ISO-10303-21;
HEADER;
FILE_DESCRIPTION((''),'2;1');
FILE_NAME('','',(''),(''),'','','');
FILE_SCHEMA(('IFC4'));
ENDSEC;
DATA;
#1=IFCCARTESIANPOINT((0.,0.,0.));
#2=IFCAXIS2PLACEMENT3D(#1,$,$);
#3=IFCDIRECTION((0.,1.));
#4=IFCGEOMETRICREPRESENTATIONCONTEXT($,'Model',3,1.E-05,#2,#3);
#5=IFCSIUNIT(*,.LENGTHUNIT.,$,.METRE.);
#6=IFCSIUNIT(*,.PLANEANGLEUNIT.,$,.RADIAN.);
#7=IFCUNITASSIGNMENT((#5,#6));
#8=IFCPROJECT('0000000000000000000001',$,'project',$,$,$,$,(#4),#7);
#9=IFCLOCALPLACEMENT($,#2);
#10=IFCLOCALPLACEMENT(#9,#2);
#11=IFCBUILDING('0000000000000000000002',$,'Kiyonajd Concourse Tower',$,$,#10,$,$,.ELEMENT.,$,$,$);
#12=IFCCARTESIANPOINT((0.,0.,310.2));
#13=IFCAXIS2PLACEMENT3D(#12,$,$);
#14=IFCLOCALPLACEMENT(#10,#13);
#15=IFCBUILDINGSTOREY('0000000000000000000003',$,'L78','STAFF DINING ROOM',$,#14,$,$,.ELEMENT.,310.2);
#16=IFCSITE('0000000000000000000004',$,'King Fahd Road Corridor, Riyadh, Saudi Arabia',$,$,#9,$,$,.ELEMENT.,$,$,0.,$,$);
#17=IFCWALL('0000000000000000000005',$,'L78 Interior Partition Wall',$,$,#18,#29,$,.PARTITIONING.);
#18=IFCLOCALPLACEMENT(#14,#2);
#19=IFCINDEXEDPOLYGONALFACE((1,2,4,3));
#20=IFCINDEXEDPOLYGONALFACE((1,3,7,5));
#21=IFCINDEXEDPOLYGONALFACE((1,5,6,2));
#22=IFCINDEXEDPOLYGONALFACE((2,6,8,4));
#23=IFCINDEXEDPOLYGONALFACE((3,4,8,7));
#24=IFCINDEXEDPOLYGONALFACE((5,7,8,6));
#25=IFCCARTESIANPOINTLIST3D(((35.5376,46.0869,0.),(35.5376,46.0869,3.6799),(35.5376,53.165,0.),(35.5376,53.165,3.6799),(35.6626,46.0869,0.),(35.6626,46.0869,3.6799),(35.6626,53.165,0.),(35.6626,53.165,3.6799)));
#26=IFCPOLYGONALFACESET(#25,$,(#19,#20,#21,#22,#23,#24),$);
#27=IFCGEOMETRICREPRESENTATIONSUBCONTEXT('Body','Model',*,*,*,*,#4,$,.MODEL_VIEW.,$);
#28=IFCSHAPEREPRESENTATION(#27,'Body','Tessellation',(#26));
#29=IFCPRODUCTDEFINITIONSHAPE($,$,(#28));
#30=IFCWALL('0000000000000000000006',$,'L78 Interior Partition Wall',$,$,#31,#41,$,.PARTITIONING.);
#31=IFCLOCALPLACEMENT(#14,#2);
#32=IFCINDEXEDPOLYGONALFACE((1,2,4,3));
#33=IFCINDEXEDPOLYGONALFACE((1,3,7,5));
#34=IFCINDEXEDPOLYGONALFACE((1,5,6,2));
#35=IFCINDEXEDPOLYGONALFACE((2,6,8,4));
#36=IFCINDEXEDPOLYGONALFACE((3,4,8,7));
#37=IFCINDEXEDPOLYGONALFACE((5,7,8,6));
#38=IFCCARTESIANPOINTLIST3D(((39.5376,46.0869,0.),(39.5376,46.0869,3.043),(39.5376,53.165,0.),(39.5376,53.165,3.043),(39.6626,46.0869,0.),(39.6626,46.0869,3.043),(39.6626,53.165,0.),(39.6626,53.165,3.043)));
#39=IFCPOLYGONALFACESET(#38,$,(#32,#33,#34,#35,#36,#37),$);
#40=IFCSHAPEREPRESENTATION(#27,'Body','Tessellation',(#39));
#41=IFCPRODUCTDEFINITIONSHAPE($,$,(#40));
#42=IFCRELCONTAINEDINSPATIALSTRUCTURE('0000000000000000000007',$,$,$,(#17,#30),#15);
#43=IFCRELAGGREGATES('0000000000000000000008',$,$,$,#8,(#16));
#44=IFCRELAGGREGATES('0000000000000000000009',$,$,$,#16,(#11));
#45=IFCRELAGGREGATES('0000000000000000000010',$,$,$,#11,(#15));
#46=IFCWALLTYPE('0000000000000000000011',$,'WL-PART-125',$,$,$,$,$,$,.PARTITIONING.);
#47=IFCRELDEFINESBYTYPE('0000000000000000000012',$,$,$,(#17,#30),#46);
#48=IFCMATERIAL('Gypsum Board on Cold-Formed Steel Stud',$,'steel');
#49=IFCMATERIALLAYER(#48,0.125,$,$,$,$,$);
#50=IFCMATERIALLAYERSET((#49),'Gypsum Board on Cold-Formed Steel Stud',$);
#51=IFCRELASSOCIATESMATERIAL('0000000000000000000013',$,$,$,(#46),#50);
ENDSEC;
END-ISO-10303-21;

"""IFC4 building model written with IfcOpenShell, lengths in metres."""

from ifc_helpers import new_model, si_unit, direction, frame, frame_2d, origin, place, context, subcontext, project, spatial, rectangle, extrude, material, layer, layer_set, type_object, element, save


model = new_model("IFC4")

# Units and contexts
model_context = context("Model", 3, precision=1e-05, world=origin(), true_north=direction((0.0, 1.0)))
body_context = subcontext(model_context, "Body", "Model", "MODEL_VIEW")
ifc_project = project(units=[si_unit("LENGTHUNIT", "METRE"), si_unit("PLANEANGLEUNIT", "RADIAN")], contexts=[model_context])

# Site, building, storey
site_placement = place(None, origin())
site = spatial("IfcSite", under=ifc_project, at=site_placement, Name="King Fahd Road Corridor, Riyadh, Saudi Arabia", CompositionType="ELEMENT", RefElevation=0.0)
building_placement = place(site_placement, origin())
building = spatial("IfcBuilding", under=site, at=building_placement, Name="Kiyonajd Concourse Tower", CompositionType="ELEMENT")
storey_placement = place(building_placement, frame((0.0, 0.0, 310.2)))
storey = spatial("IfcBuildingStorey", under=building, at=storey_placement, Name="L78", Description="STAFF DINING ROOM", CompositionType="ELEMENT", Elevation=310.2)

# Walls
ifc_material_1 = material(Name="Gypsum Board on Cold-Formed Steel Stud", Category="steel")
ifc_layer_1 = layer(ifc_material_1, 0.125)
ifc_layer_set_1 = layer_set([ifc_layer_1], Name="Gypsum Board on Cold-Formed Steel Stud")
wall_type_1 = type_object("IfcWallType", Name="WL-PART-125", PredefinedType="PARTITIONING", material=ifc_layer_set_1)
wall_1_placement = place(storey_placement, frame((35.6001, 46.0869, 0.0), z_axis=(0.0, 0.0, 1.0), x_axis=(0.0, 1.0, 0.0)))
element("IfcWall", 1, at=wall_1_placement, inside=storey, type_object=wall_type_1, Name="L78 Interior Partition Wall", PredefinedType="PARTITIONING", context=body_context, shape_type="SweptSolid", body=[
    extrude(rectangle(XDim=7.0781, YDim=0.125, at=frame_2d((3.5391, 0.0))), origin(), (0.0, 0.0, 1.0), 3.6799),
])
wall_2_placement = place(storey_placement, frame((39.6001, 46.0869, 0.0), z_axis=(0.0, 0.0, 1.0), x_axis=(0.0, 1.0, 0.0)))
element("IfcWall", 2, at=wall_2_placement, inside=storey, type_object=wall_type_1, Name="L78 Interior Partition Wall", PredefinedType="PARTITIONING", context=body_context, shape_type="SweptSolid", body=[
    extrude(rectangle(XDim=7.0781, YDim=0.125, at=frame_2d((3.5391, 0.0))), origin(), (0.0, 0.0, 1.0), 3.043),
])

save(model, "model.ifc")
